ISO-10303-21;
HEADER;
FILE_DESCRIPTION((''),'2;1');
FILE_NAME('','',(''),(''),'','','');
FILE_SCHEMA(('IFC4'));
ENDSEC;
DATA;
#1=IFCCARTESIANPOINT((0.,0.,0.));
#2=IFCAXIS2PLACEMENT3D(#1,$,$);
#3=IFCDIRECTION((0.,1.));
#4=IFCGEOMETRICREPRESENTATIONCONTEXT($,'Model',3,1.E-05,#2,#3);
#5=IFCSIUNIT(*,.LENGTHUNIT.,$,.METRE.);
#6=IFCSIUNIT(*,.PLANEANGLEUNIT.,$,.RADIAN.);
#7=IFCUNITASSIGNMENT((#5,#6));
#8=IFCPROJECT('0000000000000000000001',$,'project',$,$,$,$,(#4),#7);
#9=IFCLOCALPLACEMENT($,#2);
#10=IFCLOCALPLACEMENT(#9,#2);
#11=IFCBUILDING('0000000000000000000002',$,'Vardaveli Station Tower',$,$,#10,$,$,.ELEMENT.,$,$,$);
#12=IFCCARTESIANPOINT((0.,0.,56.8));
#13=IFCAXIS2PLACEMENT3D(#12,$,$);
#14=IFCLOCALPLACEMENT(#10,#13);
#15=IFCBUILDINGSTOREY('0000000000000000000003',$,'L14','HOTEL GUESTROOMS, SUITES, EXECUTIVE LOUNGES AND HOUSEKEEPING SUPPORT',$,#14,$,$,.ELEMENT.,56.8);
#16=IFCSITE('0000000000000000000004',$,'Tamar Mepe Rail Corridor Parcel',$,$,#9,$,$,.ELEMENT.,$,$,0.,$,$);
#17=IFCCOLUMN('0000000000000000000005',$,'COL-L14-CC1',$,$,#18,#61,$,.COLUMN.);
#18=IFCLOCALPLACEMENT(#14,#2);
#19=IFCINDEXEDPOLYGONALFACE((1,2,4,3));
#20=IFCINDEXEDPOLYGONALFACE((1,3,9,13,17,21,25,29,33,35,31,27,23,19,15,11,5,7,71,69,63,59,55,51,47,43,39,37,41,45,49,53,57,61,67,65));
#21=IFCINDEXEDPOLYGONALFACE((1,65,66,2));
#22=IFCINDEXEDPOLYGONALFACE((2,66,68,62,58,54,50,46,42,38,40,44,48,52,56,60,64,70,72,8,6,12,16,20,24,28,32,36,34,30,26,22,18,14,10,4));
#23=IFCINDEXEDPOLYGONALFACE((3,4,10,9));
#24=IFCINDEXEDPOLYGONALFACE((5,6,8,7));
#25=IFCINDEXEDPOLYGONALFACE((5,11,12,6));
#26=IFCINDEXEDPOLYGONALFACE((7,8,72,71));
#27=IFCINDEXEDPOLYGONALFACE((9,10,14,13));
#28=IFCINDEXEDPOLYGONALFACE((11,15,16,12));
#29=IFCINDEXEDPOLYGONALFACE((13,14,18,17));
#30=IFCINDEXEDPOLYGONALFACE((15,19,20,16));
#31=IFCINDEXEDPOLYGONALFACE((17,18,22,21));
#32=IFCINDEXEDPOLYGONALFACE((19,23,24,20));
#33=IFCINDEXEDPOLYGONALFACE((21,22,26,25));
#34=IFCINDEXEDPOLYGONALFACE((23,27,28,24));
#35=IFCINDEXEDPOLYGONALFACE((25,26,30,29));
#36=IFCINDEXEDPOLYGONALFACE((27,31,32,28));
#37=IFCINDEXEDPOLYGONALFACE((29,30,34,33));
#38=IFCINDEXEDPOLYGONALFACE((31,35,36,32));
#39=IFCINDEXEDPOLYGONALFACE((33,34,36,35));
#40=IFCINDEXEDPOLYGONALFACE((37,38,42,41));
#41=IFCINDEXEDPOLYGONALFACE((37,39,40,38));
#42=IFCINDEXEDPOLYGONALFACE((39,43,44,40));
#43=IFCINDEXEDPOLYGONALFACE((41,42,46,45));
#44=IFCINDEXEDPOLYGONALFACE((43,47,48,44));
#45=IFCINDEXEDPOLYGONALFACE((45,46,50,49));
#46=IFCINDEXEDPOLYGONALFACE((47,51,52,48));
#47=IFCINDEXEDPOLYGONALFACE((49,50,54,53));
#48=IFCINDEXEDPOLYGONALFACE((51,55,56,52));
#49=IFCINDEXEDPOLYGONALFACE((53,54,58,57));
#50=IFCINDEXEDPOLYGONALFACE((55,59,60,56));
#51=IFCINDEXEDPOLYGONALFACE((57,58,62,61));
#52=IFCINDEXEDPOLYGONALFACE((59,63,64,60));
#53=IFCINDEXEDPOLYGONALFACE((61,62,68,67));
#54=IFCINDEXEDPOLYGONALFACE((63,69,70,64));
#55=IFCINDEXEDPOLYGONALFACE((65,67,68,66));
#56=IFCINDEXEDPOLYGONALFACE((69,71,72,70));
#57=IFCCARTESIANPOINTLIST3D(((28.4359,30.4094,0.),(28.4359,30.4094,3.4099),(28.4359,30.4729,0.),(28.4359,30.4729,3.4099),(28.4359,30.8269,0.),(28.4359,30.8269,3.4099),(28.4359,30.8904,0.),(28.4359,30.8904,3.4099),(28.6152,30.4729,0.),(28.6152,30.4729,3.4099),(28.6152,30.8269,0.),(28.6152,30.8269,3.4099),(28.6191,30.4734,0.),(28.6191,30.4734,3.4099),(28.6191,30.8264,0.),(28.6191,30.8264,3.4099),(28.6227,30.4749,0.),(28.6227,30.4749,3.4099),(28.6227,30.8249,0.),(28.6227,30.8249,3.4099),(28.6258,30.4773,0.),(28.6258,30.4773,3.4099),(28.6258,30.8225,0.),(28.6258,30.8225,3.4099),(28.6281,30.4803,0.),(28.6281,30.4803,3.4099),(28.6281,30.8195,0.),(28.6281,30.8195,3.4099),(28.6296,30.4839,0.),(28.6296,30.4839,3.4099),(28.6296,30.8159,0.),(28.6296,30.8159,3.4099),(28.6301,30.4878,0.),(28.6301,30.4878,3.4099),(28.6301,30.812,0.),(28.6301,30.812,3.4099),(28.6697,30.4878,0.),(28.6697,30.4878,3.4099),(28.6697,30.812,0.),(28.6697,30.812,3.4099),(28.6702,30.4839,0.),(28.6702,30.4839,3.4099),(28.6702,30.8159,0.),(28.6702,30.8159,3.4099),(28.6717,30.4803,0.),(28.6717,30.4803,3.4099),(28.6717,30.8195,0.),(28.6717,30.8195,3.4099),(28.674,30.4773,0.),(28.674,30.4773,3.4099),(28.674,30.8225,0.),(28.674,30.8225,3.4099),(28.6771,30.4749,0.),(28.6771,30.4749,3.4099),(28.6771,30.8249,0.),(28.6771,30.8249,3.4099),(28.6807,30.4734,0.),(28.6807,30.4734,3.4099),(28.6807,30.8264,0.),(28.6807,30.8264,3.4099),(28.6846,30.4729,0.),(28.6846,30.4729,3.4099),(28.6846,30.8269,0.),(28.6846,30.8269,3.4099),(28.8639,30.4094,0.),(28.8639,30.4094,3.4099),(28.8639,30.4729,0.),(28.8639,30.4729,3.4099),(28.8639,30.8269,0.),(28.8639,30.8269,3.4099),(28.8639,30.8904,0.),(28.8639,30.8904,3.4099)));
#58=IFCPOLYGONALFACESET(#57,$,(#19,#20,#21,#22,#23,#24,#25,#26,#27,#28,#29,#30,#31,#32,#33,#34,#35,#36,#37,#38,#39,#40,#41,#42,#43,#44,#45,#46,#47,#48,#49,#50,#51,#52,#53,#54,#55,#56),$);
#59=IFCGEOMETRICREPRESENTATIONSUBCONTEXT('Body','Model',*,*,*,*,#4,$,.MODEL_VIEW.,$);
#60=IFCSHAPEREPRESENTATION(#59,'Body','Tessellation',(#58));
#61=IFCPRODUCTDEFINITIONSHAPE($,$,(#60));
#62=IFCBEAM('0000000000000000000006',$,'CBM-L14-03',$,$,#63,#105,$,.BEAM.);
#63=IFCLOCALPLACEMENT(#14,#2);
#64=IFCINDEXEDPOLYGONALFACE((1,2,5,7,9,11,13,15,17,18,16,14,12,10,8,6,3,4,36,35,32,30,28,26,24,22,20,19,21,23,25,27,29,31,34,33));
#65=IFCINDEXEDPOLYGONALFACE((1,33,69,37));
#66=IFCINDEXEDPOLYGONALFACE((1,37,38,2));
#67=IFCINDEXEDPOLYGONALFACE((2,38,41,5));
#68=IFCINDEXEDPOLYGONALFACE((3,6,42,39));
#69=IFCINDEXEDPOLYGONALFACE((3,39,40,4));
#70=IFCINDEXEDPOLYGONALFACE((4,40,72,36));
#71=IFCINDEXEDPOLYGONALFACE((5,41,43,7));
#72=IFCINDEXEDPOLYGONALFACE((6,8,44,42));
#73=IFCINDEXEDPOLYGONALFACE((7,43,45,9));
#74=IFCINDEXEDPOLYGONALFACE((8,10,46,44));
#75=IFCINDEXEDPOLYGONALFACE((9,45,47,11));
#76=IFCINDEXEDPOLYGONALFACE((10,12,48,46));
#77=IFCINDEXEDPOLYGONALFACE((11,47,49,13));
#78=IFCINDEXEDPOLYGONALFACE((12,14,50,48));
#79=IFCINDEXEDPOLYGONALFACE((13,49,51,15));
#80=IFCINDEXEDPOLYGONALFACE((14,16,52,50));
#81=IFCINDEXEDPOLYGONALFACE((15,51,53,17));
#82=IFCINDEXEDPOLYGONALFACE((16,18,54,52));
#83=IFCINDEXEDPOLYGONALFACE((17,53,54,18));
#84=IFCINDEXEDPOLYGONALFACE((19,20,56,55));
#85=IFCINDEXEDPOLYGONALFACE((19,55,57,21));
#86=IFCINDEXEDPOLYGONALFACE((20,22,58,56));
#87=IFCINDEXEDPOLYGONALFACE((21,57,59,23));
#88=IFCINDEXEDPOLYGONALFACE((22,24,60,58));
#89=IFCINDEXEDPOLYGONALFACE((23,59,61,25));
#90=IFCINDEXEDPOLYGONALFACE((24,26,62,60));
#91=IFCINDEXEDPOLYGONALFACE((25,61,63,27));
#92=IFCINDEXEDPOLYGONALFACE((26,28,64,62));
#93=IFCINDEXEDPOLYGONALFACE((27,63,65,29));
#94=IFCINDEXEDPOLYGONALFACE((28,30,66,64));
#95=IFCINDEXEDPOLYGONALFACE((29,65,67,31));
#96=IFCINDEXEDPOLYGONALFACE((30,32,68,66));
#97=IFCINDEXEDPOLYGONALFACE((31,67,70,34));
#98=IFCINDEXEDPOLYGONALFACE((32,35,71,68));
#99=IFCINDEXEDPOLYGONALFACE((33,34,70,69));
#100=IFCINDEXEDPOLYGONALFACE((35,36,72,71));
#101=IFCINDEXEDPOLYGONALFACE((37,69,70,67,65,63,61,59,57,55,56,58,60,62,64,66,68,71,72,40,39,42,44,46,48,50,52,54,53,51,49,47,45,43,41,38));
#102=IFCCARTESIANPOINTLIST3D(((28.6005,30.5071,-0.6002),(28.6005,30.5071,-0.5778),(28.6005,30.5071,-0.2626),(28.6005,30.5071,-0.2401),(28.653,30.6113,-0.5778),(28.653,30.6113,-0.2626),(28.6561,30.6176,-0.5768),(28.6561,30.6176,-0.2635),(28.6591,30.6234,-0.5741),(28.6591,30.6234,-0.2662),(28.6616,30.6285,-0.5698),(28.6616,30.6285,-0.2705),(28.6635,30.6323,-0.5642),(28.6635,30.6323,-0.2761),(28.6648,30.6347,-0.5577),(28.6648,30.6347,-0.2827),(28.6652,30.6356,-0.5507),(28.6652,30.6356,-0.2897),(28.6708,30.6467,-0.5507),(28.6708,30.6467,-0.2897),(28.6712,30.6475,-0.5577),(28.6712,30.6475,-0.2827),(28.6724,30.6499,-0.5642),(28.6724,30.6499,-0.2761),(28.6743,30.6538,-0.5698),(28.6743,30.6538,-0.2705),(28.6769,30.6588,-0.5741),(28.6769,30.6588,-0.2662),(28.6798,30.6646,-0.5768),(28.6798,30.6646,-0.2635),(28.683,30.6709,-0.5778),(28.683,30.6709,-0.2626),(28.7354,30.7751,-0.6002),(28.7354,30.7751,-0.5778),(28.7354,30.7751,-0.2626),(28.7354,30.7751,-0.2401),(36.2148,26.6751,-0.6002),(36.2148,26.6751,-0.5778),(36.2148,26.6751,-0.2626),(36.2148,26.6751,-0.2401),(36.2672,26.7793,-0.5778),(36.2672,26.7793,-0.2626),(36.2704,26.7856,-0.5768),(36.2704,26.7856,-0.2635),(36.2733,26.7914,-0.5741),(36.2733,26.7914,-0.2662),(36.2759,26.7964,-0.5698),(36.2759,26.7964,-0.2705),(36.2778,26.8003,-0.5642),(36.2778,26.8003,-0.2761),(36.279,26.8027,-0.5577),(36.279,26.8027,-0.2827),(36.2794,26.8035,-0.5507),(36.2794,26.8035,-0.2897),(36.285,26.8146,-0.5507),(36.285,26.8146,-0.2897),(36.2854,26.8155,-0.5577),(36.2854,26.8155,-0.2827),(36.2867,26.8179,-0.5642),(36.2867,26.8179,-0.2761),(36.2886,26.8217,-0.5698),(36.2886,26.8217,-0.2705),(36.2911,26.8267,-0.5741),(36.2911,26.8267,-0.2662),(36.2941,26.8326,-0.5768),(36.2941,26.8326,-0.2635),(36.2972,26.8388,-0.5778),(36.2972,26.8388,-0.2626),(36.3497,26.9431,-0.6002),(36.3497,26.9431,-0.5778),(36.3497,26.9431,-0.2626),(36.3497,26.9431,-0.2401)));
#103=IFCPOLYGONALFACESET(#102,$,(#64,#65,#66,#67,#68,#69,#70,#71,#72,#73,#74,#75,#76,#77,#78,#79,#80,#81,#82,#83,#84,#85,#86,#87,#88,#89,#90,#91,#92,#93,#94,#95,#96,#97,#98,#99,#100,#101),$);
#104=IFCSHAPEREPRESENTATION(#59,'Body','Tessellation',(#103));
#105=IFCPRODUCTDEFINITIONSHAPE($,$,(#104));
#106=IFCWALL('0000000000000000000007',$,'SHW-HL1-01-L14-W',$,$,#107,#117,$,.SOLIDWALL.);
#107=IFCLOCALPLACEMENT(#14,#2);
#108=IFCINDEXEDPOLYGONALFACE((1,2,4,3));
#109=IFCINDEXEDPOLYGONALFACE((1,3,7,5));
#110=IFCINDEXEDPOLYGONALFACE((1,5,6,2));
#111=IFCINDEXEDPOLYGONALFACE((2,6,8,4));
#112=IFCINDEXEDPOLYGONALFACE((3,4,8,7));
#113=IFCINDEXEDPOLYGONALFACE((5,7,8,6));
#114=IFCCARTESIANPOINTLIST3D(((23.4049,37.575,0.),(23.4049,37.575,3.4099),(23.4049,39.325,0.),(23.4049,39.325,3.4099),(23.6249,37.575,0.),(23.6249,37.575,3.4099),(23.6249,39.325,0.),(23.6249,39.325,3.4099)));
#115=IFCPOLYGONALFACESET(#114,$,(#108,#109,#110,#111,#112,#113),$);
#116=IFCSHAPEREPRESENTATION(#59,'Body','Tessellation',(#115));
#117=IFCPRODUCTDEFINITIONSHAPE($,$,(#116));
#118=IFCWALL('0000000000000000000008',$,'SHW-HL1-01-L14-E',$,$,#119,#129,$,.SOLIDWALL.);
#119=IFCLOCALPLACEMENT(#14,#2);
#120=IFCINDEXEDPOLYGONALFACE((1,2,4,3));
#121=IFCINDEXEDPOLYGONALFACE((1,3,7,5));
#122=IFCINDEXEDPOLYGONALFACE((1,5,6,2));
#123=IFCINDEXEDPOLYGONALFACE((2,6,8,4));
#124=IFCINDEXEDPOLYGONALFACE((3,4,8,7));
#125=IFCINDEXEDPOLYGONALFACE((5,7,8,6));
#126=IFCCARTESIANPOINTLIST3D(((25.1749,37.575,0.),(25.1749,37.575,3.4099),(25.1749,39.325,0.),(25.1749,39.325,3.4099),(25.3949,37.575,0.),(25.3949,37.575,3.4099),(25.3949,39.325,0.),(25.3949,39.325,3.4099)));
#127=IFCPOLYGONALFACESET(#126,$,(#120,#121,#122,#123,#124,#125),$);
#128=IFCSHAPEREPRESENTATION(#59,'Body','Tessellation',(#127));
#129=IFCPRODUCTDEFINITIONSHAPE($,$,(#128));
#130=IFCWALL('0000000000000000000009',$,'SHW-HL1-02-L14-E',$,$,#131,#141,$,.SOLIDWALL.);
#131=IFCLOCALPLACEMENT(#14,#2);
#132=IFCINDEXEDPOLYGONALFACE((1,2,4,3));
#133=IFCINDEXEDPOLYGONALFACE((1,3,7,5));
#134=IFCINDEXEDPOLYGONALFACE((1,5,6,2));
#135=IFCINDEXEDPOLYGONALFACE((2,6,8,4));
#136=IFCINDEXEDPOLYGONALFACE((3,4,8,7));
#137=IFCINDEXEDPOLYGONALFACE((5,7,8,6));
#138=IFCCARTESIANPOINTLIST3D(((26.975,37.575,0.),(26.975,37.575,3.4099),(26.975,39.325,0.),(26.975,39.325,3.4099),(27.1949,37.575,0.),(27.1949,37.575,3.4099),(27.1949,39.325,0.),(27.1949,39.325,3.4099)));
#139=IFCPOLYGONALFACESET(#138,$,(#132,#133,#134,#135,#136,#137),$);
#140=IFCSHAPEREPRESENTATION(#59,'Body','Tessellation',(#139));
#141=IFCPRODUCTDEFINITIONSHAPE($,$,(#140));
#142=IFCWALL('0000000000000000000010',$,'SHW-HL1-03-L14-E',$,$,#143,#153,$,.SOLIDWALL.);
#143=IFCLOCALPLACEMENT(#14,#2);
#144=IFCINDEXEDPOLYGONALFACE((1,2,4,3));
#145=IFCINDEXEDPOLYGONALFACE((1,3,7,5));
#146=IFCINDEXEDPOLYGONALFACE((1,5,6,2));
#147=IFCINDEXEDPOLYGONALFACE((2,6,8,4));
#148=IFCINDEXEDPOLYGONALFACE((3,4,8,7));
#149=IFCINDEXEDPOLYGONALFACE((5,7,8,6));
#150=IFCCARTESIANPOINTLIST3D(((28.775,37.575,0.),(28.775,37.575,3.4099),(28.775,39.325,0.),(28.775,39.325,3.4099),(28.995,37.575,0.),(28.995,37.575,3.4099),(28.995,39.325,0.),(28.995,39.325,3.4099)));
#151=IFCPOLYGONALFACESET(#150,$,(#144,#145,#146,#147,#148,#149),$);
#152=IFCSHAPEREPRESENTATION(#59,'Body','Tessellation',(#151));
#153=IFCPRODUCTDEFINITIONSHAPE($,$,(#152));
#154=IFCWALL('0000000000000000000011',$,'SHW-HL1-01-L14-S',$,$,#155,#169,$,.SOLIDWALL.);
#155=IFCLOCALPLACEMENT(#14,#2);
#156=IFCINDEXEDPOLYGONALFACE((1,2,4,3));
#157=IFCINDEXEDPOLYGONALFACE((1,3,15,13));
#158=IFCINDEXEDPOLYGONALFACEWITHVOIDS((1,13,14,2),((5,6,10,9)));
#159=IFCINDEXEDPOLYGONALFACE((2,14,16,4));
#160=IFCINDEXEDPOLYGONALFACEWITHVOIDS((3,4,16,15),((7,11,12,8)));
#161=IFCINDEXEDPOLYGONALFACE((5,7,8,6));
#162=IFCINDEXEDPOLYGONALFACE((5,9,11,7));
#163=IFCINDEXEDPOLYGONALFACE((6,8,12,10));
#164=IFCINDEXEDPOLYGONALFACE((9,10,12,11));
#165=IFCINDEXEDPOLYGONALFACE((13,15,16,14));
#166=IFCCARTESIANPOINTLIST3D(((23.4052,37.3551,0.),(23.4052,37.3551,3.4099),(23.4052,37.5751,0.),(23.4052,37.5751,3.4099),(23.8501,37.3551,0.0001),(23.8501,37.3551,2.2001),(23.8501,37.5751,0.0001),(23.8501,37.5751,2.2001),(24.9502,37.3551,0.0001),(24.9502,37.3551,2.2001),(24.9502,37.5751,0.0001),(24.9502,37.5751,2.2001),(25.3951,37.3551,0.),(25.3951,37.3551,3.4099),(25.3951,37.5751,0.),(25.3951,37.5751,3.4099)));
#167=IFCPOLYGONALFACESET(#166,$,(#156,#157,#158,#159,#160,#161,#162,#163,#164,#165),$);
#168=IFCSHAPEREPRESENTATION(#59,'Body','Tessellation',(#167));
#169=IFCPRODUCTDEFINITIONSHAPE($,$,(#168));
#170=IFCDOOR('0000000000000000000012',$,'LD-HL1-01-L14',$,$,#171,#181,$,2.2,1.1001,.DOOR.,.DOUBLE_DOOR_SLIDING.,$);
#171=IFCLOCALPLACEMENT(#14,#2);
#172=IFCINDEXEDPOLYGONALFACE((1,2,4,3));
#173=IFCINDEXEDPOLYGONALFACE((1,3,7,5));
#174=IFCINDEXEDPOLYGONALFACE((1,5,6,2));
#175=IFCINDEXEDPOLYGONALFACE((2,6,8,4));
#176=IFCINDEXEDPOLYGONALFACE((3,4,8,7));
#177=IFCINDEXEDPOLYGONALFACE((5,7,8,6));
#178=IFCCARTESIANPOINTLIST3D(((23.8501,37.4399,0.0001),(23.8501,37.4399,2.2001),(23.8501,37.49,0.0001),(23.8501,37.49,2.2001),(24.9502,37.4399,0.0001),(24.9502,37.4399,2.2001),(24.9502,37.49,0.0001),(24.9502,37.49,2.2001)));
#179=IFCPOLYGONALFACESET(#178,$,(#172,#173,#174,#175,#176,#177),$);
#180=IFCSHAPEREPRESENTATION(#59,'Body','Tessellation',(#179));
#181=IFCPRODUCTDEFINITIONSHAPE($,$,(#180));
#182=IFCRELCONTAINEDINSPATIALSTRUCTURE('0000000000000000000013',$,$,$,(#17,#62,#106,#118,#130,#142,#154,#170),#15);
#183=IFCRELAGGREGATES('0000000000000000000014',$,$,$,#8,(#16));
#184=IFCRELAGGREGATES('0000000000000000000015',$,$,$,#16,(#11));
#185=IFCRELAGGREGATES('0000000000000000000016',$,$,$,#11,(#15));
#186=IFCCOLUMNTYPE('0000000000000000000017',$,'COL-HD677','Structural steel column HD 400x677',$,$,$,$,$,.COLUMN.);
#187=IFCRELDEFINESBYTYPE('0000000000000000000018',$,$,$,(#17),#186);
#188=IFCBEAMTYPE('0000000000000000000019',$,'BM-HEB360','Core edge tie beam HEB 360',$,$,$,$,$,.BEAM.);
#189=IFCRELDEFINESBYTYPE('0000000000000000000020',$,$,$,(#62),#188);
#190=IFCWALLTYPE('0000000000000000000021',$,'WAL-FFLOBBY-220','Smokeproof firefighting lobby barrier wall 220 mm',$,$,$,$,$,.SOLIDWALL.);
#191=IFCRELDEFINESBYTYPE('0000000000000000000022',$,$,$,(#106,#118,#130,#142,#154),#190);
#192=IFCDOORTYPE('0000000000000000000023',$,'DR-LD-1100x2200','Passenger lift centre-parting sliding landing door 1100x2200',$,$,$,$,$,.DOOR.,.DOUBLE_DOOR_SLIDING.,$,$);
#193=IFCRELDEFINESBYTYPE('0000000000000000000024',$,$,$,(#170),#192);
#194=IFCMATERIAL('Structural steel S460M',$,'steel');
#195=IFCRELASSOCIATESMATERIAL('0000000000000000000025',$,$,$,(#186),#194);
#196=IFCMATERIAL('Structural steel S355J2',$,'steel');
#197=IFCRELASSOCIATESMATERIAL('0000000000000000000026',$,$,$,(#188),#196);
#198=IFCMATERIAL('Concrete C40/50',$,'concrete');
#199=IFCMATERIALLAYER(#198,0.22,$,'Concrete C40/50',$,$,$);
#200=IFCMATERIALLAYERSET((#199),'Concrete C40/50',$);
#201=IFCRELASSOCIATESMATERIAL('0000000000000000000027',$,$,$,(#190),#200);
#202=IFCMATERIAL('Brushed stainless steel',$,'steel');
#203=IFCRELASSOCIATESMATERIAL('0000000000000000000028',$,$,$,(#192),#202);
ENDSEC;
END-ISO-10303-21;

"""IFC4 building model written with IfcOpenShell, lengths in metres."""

from ifc_helpers import new_model, si_unit, direction, frame, frame_2d, origin, origin_2d, place, context, subcontext, project, spatial, rectangle, i_section, extrude, source, transform, mapped, material, layer, layer_set, material_profile, profile_set, type_object, element, fill, save


model = new_model("IFC4")

# Units and contexts
model_context = context("Model", 3, precision=1e-05, world=origin(), true_north=direction((0.0, 1.0)))
body_context = subcontext(model_context, "Body", "Model", "MODEL_VIEW")
ifc_project = project(units=[si_unit("LENGTHUNIT", "METRE"), si_unit("PLANEANGLEUNIT", "RADIAN")], contexts=[model_context])

# Site, building, storey
site_placement = place(None, origin())
site = spatial("IfcSite", under=ifc_project, at=site_placement, Name="Tamar Mepe Rail Corridor Parcel", CompositionType="ELEMENT", RefElevation=0.0)
building_placement = place(site_placement, origin())
building = spatial("IfcBuilding", under=site, at=building_placement, Name="Vardaveli Station Tower", CompositionType="ELEMENT")
storey_placement = place(building_placement, frame((0.0, 0.0, 56.8)))
storey = spatial("IfcBuildingStorey", under=building, at=storey_placement, Name="L14", Description="HOTEL GUESTROOMS, SUITES, EXECUTIVE LOUNGES AND HOUSEKEEPING SUPPORT", CompositionType="ELEMENT", Elevation=56.8)

# Column
ifc_material_1 = material(Name="Structural steel S460M", Category="steel")
ifc_material_profile_1 = material_profile(ifc_material_1, i_section(OverallWidth=0.428, OverallDepth=0.481, WebThickness=0.0396, FlangeThickness=0.0635, FilletRadius=0.0149, at=origin_2d()), Name="HD 400x677")
ifc_profile_set_1 = profile_set([ifc_material_profile_1], Name="Structural steel S460M")
column_type = type_object("IfcColumnType", Name="COL-HD677", Description="Structural steel column HD 400x677", PredefinedType="COLUMN", material=ifc_profile_set_1)
shared_shape_1 = source(origin(), body_context, "Body", "SweptSolid", [
    extrude(i_section(OverallWidth=0.428, OverallDepth=0.481, WebThickness=0.0396, FlangeThickness=0.0635, FilletRadius=0.0149, at=origin_2d()), origin(), (0.0, 0.0, 1.0), 3.4099),
])
column_placement = place(storey_placement, frame((28.6499, 30.6499, 0.0), z_axis=(0.0, 0.0, 1.0), x_axis=(1.0, 0.0, 0.0)))
element("IfcColumn", 1, at=column_placement, inside=storey, type_object=column_type, Name="COL-L14-CC1", PredefinedType="COLUMN", context=body_context, shape_type="MappedRepresentation", body=[
    mapped(shared_shape_1, transform((0.0, 0.0, 0.0), scale=1.0)),
])

# Beam
ifc_material_2 = material(Name="Structural steel S355J2", Category="steel")
ifc_material_profile_2 = material_profile(ifc_material_2, i_section(OverallWidth=0.3, OverallDepth=0.3601, WebThickness=0.0125, FlangeThickness=0.0225, FilletRadius=0.0271, at=origin_2d()), Name="HEB 360")
ifc_profile_set_2 = profile_set([ifc_material_profile_2], Name="Structural steel S355J2")
beam_type = type_object("IfcBeamType", Name="BM-HEB360", Description="Core edge tie beam HEB 360", PredefinedType="BEAM", material=ifc_profile_set_2)
shared_shape_2 = source(origin(), body_context, "Body", "SweptSolid", [
    extrude(i_section(OverallWidth=0.3, OverallDepth=0.3601, WebThickness=0.0125, FlangeThickness=0.0225, FilletRadius=0.0271, at=origin_2d()), origin(), (0.0, 0.0, 1.0), 8.5242),
])
beam_placement = place(storey_placement, frame((28.668, 30.6411, -0.4202), z_axis=(0.893256, -0.449549, 0.0), x_axis=(0.449549, 0.893256, 0.0)))
element("IfcBeam", 2, at=beam_placement, inside=storey, type_object=beam_type, Name="CBM-L14-03", PredefinedType="BEAM", context=body_context, shape_type="MappedRepresentation", body=[
    mapped(shared_shape_2, transform((0.0, 0.0, 0.0), scale=1.0)),
])

# Walls
ifc_material_3 = material(Name="Concrete C40/50", Category="concrete")
ifc_layer_1 = layer(ifc_material_3, 0.22, Name="Concrete C40/50")
ifc_layer_set_1 = layer_set([ifc_layer_1], Name="Concrete C40/50")
wall_type_1 = type_object("IfcWallType", Name="WAL-FFLOBBY-220", Description="Smokeproof firefighting lobby barrier wall 220 mm", PredefinedType="SOLIDWALL", material=ifc_layer_set_1)
shared_shape_3 = source(origin(), body_context, "Body", "SweptSolid", [
    extrude(rectangle(XDim=1.75, YDim=0.22, at=frame_2d((0.875, 0.0))), origin(), (0.0, 0.0, 1.0), 3.4099),
])
for number, where, z_axis, x_axis, name in (
    (3, (23.5149, 37.575, 0.0), (0.0, 0.0, 1.0), (0.0, 1.0, 0.0), "SHW-HL1-01-L14-W"),
    (4, (25.2849, 37.575, 0.0), (0.0, 0.0, 1.0), (0.0, 1.0, 0.0), "SHW-HL1-01-L14-E"),
    (5, (27.085, 37.575, 0.0), (0.0, 0.0, 1.0), (0.0, 1.0, 0.0), "SHW-HL1-02-L14-E"),
    (6, (28.885, 37.575, 0.0), (0.0, 0.0, 1.0), (0.0, 1.0, 0.0), "SHW-HL1-03-L14-E"),
):
    element("IfcWall", number, at=place(storey_placement, frame(where, z_axis=z_axis, x_axis=x_axis)), inside=storey, type_object=wall_type_1, Name=name, PredefinedType="SOLIDWALL", context=body_context, shape_type="MappedRepresentation", body=[
        mapped(shared_shape_3, transform((0.0, 0.0, 0.0), scale=1.0)),
    ])

# Wall, opening, door
shared_shape_4 = source(origin(), body_context, "Body", "SweptSolid", [
    extrude(rectangle(XDim=1.99, YDim=0.22, at=frame_2d((0.9951, 0.0))), origin(), (0.0, 0.0, 1.0), 3.4099),
])
wall_1_placement = place(storey_placement, frame((23.405, 37.4651, 0.0), z_axis=(0.0, 0.0, 1.0), x_axis=(1.0, 0.0, 0.0)))
wall_1 = element("IfcWall", 7, at=wall_1_placement, inside=storey, type_object=wall_type_1, Name="SHW-HL1-01-L14-S", PredefinedType="SOLIDWALL", context=body_context, shape_type="MappedRepresentation", body=[
    mapped(shared_shape_4, transform((0.0, 0.0, 0.0), scale=1.0)),
])
shared_shape_5 = source(origin(), body_context, "Body", "SweptSolid", [
    extrude(rectangle(XDim=1.1001, YDim=2.2, at=frame_2d((0.55, 1.1001))), frame((0.0, 0.1201, 0.0), z_axis=(0.0, -1.0, 0.0), x_axis=(1.0, 0.0, 0.0)), (0.0, 0.0, 1.0), 0.24),
])
opening_1_placement = place(wall_1_placement, frame((0.4451, 0.0, 0.0)))
opening_1 = element("IfcOpeningElement", 8, at=opening_1_placement, cuts=wall_1, PredefinedType="OPENING", context=body_context, shape_type="MappedRepresentation", body=[
    mapped(shared_shape_5, transform((0.0, 0.0, 0.0), scale=1.0)),
])
ifc_material_4 = material(Name="Brushed stainless steel", Category="steel")
door_type_1 = type_object("IfcDoorType", Name="DR-LD-1100x2200", Description="Passenger lift centre-parting sliding landing door 1100x2200", OperationType="DOUBLE_DOOR_SLIDING", PredefinedType="DOOR", material=ifc_material_4)
shared_shape_6 = source(origin(), body_context, "Body", "SweptSolid", [
    extrude(rectangle(XDim=1.1001, YDim=2.2, at=frame_2d((0.55, 1.1001))), frame((0.0, 0.0249, 0.0), z_axis=(0.0, -1.0, 0.0), x_axis=(1.0, 0.0, 0.0)), (0.0, 0.0, 1.0), 0.05),
])
door_1_placement = place(opening_1_placement, origin())
door_1 = element("IfcDoor", 9, at=door_1_placement, inside=storey, type_object=door_type_1, Name="LD-HL1-01-L14", OperationType="DOUBLE_DOOR_SLIDING", OverallHeight=2.2, OverallWidth=1.1001, PredefinedType="DOOR", context=body_context, shape_type="MappedRepresentation", body=[
    mapped(shared_shape_6, transform((0.0, 0.0, 0.0), scale=1.0)),
])
fill(opening_1, door_1)

save(model, "model.ifc")
